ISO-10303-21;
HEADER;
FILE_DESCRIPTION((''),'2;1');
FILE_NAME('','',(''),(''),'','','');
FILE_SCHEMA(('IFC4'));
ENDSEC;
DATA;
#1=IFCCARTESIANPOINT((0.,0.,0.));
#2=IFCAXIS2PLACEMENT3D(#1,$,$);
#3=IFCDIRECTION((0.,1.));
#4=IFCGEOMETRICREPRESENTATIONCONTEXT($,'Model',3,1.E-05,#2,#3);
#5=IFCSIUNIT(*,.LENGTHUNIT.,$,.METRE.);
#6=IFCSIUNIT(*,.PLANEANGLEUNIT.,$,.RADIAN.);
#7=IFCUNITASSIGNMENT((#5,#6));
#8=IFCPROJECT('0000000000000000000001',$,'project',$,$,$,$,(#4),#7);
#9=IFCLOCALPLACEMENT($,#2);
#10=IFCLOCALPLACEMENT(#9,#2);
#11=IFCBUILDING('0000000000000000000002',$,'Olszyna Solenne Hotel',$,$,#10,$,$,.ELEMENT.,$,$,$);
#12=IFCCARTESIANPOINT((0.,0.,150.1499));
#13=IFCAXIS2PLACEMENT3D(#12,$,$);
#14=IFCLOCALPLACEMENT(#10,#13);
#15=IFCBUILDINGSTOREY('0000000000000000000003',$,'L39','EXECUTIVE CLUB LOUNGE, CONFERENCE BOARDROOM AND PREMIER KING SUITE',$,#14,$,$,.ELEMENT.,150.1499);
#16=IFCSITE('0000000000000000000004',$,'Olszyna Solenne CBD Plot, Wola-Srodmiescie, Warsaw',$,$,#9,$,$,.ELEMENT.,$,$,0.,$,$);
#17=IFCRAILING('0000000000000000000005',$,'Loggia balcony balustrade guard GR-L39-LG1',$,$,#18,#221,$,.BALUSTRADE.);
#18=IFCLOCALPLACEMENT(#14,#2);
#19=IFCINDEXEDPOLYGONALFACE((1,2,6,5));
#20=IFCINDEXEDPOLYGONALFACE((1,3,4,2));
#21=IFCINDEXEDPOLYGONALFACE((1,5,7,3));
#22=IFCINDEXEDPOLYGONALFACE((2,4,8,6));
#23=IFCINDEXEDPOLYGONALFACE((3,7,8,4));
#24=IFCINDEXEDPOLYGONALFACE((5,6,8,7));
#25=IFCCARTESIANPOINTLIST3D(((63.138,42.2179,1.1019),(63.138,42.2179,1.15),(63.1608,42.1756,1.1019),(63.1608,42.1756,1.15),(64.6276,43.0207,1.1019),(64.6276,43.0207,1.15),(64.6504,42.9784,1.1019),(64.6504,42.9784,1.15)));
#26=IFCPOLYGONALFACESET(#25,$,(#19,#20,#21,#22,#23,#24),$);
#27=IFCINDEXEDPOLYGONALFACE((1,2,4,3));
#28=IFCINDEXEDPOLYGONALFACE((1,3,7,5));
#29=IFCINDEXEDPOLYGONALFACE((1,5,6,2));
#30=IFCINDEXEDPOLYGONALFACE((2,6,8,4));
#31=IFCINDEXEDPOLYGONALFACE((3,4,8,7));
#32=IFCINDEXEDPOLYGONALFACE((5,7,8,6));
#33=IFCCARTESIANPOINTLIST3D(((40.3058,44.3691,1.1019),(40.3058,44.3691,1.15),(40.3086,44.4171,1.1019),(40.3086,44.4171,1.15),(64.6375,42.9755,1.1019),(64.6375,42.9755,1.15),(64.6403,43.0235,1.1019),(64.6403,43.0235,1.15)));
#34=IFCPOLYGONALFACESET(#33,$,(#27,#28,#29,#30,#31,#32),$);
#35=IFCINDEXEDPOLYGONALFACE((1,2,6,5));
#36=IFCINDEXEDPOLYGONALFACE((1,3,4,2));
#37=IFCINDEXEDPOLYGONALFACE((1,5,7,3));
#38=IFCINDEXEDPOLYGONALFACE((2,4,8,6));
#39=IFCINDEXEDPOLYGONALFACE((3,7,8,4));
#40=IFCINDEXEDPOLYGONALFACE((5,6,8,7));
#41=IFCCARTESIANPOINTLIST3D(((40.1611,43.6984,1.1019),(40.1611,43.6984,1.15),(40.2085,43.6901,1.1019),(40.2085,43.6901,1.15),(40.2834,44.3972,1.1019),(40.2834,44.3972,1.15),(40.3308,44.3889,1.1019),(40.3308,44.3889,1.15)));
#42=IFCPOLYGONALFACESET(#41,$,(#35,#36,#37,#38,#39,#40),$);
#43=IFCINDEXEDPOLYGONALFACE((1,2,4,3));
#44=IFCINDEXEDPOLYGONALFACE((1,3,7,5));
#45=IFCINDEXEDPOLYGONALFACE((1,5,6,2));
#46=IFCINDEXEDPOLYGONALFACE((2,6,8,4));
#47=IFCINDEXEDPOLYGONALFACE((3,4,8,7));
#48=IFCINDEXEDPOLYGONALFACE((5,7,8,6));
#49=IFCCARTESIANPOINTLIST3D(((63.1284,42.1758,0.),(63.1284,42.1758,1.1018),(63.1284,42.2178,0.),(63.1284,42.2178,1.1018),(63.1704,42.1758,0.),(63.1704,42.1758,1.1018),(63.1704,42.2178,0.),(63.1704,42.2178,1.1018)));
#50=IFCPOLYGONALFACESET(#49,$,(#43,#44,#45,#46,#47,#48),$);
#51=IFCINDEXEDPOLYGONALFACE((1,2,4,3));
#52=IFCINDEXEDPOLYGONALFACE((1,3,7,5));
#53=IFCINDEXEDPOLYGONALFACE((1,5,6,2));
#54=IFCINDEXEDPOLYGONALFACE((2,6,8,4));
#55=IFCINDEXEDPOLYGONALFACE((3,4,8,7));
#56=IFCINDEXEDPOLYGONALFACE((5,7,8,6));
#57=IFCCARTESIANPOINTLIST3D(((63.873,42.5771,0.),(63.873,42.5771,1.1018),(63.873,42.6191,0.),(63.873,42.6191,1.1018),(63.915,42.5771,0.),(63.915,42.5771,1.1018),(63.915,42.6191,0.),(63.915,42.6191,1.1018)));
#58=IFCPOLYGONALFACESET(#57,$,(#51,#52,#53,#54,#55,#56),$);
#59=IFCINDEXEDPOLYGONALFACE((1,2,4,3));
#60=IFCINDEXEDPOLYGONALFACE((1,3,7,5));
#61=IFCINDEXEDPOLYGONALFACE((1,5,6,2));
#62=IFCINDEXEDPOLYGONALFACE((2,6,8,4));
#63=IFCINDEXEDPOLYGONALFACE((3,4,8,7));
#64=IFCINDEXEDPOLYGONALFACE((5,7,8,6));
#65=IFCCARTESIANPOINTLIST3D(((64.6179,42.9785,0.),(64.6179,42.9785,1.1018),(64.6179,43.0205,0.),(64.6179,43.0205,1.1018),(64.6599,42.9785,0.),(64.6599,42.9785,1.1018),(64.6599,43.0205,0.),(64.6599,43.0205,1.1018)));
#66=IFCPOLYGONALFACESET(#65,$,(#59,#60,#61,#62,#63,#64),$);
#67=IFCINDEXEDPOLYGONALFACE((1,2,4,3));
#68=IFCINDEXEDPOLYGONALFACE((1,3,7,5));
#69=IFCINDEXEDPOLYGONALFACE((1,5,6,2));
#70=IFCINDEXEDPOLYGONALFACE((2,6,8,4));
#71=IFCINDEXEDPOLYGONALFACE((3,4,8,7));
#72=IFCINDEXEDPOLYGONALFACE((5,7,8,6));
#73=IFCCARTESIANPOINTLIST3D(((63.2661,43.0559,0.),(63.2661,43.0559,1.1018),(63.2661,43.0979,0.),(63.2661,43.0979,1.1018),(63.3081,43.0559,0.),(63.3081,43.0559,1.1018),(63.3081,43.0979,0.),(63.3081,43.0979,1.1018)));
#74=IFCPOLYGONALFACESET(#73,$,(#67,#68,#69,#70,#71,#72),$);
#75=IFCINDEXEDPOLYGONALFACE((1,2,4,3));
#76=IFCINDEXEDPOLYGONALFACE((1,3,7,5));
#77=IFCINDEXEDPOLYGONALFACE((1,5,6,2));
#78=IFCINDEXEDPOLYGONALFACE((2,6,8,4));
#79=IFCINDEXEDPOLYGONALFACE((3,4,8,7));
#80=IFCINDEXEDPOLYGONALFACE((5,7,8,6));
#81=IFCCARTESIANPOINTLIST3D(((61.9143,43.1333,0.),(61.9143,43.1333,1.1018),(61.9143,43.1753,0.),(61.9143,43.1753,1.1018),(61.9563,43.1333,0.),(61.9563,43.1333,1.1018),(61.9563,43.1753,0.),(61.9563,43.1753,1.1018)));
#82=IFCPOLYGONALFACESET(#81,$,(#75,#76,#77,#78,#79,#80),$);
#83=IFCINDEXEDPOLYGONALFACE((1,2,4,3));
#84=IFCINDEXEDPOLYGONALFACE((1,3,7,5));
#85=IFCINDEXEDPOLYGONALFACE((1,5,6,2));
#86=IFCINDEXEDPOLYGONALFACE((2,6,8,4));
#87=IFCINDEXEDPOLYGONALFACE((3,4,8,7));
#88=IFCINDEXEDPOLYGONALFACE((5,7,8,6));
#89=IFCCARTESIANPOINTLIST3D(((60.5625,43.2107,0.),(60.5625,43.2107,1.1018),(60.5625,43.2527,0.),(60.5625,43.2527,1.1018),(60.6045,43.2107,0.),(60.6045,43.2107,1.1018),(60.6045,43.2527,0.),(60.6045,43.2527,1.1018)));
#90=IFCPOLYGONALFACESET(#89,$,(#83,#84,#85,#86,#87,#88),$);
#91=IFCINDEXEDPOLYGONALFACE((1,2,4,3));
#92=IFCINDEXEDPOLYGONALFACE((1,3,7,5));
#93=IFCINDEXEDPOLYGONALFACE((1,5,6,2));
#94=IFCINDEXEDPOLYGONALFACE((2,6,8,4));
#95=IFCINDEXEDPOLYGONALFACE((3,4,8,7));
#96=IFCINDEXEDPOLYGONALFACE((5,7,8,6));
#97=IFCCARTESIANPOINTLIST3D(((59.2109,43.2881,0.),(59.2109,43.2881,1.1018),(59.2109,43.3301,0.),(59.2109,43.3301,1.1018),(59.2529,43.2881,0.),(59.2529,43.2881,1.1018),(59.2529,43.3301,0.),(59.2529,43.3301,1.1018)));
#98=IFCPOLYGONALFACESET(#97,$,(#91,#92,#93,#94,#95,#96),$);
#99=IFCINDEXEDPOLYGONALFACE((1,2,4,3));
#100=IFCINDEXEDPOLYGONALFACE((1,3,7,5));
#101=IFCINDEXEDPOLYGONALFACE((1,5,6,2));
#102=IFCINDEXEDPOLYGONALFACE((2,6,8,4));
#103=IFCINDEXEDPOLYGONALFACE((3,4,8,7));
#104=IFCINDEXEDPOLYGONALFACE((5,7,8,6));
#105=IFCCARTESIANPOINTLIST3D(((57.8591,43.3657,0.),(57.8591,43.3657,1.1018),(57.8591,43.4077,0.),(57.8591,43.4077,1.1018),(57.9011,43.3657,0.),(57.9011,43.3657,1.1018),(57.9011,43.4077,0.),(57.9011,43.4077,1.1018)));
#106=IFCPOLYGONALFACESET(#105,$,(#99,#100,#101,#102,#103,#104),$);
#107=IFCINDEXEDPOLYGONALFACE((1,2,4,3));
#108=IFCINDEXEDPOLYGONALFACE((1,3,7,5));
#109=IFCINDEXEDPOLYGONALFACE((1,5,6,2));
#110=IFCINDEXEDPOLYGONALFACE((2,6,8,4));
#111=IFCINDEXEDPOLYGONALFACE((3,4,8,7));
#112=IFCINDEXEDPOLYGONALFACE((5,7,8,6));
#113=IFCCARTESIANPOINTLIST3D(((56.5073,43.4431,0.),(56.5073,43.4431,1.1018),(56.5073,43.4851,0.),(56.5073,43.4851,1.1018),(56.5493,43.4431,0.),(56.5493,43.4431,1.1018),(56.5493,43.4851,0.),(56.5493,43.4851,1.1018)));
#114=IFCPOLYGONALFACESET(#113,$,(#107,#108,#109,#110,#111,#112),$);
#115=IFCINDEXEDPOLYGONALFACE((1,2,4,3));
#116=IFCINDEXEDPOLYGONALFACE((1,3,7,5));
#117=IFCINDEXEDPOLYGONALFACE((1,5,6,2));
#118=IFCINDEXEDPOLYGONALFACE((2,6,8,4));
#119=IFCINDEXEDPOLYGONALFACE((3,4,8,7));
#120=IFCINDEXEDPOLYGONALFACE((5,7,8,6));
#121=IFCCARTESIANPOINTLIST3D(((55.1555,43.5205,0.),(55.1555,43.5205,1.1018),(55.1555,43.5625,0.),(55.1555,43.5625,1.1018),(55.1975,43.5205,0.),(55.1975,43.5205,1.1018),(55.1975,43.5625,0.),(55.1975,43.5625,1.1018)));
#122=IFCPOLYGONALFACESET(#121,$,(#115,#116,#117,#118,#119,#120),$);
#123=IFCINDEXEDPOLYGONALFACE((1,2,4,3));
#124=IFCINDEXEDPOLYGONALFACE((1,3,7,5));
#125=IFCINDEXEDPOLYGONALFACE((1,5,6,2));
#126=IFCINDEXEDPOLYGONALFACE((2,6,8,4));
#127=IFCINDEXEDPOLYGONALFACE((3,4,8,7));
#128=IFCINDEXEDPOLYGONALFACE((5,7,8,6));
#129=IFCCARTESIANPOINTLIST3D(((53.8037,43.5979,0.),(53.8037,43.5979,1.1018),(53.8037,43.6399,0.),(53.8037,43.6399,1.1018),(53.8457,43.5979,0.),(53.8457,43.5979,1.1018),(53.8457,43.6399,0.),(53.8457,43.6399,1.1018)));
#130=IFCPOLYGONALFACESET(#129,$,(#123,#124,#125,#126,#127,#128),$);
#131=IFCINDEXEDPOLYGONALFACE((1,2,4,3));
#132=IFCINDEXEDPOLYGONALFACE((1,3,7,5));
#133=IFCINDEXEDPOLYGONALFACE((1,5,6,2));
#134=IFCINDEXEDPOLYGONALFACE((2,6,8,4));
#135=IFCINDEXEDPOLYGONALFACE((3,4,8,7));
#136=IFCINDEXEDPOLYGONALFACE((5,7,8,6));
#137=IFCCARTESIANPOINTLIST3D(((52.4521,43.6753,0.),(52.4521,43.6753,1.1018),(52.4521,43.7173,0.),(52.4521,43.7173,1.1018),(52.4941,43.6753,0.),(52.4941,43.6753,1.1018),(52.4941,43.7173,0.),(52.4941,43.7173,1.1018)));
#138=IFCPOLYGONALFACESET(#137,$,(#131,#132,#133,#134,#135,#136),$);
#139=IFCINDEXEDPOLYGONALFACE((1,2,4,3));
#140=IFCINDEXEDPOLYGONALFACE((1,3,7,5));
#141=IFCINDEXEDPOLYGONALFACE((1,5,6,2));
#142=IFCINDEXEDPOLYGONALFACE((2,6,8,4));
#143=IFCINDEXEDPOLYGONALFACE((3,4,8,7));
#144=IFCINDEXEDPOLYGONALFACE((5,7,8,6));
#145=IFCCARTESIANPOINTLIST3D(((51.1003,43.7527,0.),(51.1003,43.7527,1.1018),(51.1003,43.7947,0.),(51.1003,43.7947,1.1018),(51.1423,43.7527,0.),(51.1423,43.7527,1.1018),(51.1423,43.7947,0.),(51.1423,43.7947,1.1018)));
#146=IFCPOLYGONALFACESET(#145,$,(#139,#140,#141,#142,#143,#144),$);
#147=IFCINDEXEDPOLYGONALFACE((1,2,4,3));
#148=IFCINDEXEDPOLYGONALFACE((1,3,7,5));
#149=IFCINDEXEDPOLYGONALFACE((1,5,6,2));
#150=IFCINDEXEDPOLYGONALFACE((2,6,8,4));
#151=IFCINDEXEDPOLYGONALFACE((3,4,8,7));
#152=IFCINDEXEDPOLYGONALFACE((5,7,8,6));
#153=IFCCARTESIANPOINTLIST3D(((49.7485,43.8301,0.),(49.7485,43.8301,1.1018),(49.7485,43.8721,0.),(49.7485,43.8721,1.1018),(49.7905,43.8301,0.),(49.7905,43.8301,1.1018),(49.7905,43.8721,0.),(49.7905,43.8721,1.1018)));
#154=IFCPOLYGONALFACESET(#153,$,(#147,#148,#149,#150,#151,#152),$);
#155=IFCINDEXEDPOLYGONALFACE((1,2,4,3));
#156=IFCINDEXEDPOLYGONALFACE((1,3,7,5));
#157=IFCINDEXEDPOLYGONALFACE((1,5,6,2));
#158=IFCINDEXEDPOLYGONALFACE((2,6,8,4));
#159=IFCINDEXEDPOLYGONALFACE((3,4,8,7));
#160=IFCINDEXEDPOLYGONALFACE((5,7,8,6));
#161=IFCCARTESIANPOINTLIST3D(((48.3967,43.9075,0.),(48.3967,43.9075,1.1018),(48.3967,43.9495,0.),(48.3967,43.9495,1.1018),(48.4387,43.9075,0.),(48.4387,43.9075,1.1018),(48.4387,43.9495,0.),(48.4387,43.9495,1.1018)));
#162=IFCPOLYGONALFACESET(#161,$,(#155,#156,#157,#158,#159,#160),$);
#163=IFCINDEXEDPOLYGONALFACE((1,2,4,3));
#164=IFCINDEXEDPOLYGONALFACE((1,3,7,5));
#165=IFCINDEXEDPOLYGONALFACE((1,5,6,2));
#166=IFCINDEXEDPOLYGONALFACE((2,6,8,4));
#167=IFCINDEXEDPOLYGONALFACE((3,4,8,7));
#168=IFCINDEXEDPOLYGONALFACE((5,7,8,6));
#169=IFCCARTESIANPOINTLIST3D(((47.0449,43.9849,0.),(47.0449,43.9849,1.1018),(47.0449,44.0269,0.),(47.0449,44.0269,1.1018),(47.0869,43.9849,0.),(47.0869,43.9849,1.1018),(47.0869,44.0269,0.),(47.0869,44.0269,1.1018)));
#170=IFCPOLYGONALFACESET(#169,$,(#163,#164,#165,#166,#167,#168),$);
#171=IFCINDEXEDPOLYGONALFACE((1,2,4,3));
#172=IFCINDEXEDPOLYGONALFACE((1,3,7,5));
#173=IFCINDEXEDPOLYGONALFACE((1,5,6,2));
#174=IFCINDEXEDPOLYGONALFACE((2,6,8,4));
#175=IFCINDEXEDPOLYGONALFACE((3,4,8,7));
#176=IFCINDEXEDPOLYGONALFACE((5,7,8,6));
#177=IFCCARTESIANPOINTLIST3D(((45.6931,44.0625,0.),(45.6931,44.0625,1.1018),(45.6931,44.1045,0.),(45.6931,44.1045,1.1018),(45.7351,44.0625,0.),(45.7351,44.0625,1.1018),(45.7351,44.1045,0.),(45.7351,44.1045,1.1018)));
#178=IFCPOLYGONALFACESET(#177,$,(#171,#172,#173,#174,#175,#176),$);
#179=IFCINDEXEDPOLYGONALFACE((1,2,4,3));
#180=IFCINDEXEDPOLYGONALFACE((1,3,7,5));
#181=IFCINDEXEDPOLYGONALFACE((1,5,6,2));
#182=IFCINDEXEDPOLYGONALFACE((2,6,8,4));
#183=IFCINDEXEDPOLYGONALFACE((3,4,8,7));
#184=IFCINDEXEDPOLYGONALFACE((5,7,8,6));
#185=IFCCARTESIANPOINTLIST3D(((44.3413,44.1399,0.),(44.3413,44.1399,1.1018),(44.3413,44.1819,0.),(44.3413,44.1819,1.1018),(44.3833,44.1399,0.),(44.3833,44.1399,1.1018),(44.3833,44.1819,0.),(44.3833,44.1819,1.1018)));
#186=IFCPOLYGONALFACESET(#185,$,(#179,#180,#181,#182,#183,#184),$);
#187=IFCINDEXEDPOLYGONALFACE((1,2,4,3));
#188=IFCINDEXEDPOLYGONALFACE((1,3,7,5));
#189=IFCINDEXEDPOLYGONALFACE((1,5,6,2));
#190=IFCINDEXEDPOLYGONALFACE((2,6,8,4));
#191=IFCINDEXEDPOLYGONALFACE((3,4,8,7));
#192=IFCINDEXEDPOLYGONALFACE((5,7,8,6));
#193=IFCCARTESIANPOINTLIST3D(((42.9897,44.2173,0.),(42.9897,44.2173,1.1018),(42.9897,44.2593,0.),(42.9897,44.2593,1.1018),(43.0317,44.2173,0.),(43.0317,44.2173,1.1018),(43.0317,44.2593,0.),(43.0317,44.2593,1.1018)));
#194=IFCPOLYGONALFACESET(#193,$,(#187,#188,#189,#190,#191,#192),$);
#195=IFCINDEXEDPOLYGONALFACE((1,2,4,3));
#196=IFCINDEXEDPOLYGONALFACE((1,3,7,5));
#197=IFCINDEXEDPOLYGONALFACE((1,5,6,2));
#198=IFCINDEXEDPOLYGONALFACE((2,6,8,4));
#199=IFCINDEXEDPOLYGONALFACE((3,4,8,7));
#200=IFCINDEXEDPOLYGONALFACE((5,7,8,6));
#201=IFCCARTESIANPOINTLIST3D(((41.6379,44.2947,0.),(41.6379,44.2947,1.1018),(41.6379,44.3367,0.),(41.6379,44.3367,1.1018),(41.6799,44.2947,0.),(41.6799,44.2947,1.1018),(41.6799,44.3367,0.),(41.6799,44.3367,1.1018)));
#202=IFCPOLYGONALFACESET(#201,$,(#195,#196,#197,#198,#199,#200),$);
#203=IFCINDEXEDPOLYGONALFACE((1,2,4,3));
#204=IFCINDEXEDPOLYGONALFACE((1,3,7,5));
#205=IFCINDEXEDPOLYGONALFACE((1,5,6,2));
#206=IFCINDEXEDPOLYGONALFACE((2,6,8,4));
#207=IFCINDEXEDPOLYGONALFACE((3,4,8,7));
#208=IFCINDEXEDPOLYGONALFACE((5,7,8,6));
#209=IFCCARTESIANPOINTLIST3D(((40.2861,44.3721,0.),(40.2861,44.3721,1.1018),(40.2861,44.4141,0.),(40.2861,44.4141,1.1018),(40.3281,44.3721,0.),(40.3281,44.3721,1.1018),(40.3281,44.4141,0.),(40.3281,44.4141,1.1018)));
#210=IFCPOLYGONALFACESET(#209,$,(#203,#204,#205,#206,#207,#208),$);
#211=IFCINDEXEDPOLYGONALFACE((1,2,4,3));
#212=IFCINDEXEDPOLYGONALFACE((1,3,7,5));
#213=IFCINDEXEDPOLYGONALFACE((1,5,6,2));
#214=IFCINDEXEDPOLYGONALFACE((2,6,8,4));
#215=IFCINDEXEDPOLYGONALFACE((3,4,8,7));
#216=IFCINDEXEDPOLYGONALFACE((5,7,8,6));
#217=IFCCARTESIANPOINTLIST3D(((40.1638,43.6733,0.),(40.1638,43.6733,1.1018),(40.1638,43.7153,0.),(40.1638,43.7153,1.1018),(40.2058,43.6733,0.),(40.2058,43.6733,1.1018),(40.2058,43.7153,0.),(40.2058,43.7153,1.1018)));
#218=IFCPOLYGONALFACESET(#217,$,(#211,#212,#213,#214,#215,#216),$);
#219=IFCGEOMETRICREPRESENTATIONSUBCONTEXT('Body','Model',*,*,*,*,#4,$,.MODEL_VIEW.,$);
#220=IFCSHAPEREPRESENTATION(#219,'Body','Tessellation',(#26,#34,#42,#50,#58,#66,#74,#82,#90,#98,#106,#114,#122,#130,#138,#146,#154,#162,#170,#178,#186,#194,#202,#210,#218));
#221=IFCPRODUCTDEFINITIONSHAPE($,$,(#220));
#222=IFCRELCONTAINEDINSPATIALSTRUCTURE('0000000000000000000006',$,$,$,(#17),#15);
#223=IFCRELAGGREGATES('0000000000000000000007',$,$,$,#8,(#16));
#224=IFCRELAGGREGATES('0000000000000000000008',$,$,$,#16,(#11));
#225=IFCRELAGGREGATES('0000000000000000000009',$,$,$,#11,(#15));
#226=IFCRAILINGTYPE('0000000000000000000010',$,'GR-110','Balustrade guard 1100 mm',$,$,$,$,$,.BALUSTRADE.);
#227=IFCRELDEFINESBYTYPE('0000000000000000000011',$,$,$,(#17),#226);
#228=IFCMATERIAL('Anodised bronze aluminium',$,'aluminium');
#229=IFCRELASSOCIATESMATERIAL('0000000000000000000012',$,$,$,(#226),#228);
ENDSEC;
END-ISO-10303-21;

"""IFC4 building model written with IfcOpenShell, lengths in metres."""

from ifc_helpers import new_model, si_unit, direction, frame, origin, origin_2d, place, context, subcontext, project, spatial, rectangle, extrude, material, type_object, element, save


model = new_model("IFC4")

# Units and contexts
model_context = context("Model", 3, precision=1e-05, world=origin(), true_north=direction((0.0, 1.0)))
body_context = subcontext(model_context, "Body", "Model", "MODEL_VIEW")
ifc_project = project(units=[si_unit("LENGTHUNIT", "METRE"), si_unit("PLANEANGLEUNIT", "RADIAN")], contexts=[model_context])

# Site, building, storey
site_placement = place(None, origin())
site = spatial("IfcSite", under=ifc_project, at=site_placement, Name="Olszyna Solenne CBD Plot, Wola-Srodmiescie, Warsaw", CompositionType="ELEMENT", RefElevation=0.0)
building_placement = place(site_placement, origin())
building = spatial("IfcBuilding", under=site, at=building_placement, Name="Olszyna Solenne Hotel", CompositionType="ELEMENT")
storey_placement = place(building_placement, frame((0.0, 0.0, 150.1499)))
storey = spatial("IfcBuildingStorey", under=building, at=storey_placement, Name="L39", Description="EXECUTIVE CLUB LOUNGE, CONFERENCE BOARDROOM AND PREMIER KING SUITE", CompositionType="ELEMENT", Elevation=150.1499)

# Railing
ifc_material_1 = material(Name="Anodised bronze aluminium", Category="aluminium")
railing_type = type_object("IfcRailingType", Name="GR-110", Description="Balustrade guard 1100 mm", PredefinedType="BALUSTRADE", material=ifc_material_1)
railing_placement = place(storey_placement, frame((63.1494, 42.1968, 0.0)))
element("IfcRailing", 1, at=railing_placement, inside=storey, type_object=railing_type, Name="Loggia balcony balustrade guard GR-L39-LG1", PredefinedType="BALUSTRADE", context=body_context, shape_type="SweptSolid", body=[
    extrude(rectangle(XDim=0.0481, YDim=0.0481, at=origin_2d()), frame((0.0, 0.0, 1.126), z_axis=(0.8803, 0.474418, 0.0), x_axis=(-0.474418, 0.8803, 0.0)), (0.0, 0.0, 1.0), 1.6921),
    extrude(rectangle(XDim=0.0481, YDim=0.0481, at=origin_2d()), frame((1.4895, 0.8027, 1.126), z_axis=(-0.998364, 0.057179, 0.0), x_axis=(-0.057179, -0.998364, 0.0)), (0.0, 0.0, 1.0), 24.3716),
    extrude(rectangle(XDim=0.0481, YDim=0.0481, at=origin_2d()), frame((-22.8423, 2.1963, 1.126), z_axis=(-0.17243, -0.985022, 0.0), x_axis=(0.985022, -0.17243, 0.0)), (0.0, 0.0, 1.0), 0.7095),
    extrude(rectangle(XDim=0.042, YDim=0.042, at=origin_2d()), origin(), (0.0, 0.0, 1.0), 1.1018),
    extrude(rectangle(XDim=0.042, YDim=0.042, at=origin_2d()), frame((0.7446, 0.4014, 0.0)), (0.0, 0.0, 1.0), 1.1018),
    extrude(rectangle(XDim=0.042, YDim=0.042, at=origin_2d()), frame((1.4895, 0.8027, 0.0)), (0.0, 0.0, 1.0), 1.1018),
    extrude(rectangle(XDim=0.042, YDim=0.042, at=origin_2d()), frame((0.1377, 0.8801, 0.0)), (0.0, 0.0, 1.0), 1.1018),
    extrude(rectangle(XDim=0.042, YDim=0.042, at=origin_2d()), frame((-1.2141, 0.9575, 0.0)), (0.0, 0.0, 1.0), 1.1018),
    extrude(rectangle(XDim=0.042, YDim=0.042, at=origin_2d()), frame((-2.5659, 1.0349, 0.0)), (0.0, 0.0, 1.0), 1.1018),
    extrude(rectangle(XDim=0.042, YDim=0.042, at=origin_2d()), frame((-3.9175, 1.1123, 0.0)), (0.0, 0.0, 1.0), 1.1018),
    extrude(rectangle(XDim=0.042, YDim=0.042, at=origin_2d()), frame((-5.2693, 1.1899, 0.0)), (0.0, 0.0, 1.0), 1.1018),
    extrude(rectangle(XDim=0.042, YDim=0.042, at=origin_2d()), frame((-6.6211, 1.2673, 0.0)), (0.0, 0.0, 1.0), 1.1018),
    extrude(rectangle(XDim=0.042, YDim=0.042, at=origin_2d()), frame((-7.9729, 1.3447, 0.0)), (0.0, 0.0, 1.0), 1.1018),
    extrude(rectangle(XDim=0.042, YDim=0.042, at=origin_2d()), frame((-9.3247, 1.4221, 0.0)), (0.0, 0.0, 1.0), 1.1018),
    extrude(rectangle(XDim=0.042, YDim=0.042, at=origin_2d()), frame((-10.6763, 1.4995, 0.0)), (0.0, 0.0, 1.0), 1.1018),
    extrude(rectangle(XDim=0.042, YDim=0.042, at=origin_2d()), frame((-12.0281, 1.5769, 0.0)), (0.0, 0.0, 1.0), 1.1018),
    extrude(rectangle(XDim=0.042, YDim=0.042, at=origin_2d()), frame((-13.3799, 1.6543, 0.0)), (0.0, 0.0, 1.0), 1.1018),
    extrude(rectangle(XDim=0.042, YDim=0.042, at=origin_2d()), frame((-14.7317, 1.7317, 0.0)), (0.0, 0.0, 1.0), 1.1018),
    extrude(rectangle(XDim=0.042, YDim=0.042, at=origin_2d()), frame((-16.0835, 1.8091, 0.0)), (0.0, 0.0, 1.0), 1.1018),
    extrude(rectangle(XDim=0.042, YDim=0.042, at=origin_2d()), frame((-17.4353, 1.8867, 0.0)), (0.0, 0.0, 1.0), 1.1018),
    extrude(rectangle(XDim=0.042, YDim=0.042, at=origin_2d()), frame((-18.7871, 1.9641, 0.0)), (0.0, 0.0, 1.0), 1.1018),
    extrude(rectangle(XDim=0.042, YDim=0.042, at=origin_2d()), frame((-20.1387, 2.0415, 0.0)), (0.0, 0.0, 1.0), 1.1018),
    extrude(rectangle(XDim=0.042, YDim=0.042, at=origin_2d()), frame((-21.4905, 2.1189, 0.0)), (0.0, 0.0, 1.0), 1.1018),
    extrude(rectangle(XDim=0.042, YDim=0.042, at=origin_2d()), frame((-22.8423, 2.1963, 0.0)), (0.0, 0.0, 1.0), 1.1018),
    extrude(rectangle(XDim=0.042, YDim=0.042, at=origin_2d()), frame((-22.9646, 1.4976, 0.0)), (0.0, 0.0, 1.0), 1.1018),
])

save(model, "model.ifc")
